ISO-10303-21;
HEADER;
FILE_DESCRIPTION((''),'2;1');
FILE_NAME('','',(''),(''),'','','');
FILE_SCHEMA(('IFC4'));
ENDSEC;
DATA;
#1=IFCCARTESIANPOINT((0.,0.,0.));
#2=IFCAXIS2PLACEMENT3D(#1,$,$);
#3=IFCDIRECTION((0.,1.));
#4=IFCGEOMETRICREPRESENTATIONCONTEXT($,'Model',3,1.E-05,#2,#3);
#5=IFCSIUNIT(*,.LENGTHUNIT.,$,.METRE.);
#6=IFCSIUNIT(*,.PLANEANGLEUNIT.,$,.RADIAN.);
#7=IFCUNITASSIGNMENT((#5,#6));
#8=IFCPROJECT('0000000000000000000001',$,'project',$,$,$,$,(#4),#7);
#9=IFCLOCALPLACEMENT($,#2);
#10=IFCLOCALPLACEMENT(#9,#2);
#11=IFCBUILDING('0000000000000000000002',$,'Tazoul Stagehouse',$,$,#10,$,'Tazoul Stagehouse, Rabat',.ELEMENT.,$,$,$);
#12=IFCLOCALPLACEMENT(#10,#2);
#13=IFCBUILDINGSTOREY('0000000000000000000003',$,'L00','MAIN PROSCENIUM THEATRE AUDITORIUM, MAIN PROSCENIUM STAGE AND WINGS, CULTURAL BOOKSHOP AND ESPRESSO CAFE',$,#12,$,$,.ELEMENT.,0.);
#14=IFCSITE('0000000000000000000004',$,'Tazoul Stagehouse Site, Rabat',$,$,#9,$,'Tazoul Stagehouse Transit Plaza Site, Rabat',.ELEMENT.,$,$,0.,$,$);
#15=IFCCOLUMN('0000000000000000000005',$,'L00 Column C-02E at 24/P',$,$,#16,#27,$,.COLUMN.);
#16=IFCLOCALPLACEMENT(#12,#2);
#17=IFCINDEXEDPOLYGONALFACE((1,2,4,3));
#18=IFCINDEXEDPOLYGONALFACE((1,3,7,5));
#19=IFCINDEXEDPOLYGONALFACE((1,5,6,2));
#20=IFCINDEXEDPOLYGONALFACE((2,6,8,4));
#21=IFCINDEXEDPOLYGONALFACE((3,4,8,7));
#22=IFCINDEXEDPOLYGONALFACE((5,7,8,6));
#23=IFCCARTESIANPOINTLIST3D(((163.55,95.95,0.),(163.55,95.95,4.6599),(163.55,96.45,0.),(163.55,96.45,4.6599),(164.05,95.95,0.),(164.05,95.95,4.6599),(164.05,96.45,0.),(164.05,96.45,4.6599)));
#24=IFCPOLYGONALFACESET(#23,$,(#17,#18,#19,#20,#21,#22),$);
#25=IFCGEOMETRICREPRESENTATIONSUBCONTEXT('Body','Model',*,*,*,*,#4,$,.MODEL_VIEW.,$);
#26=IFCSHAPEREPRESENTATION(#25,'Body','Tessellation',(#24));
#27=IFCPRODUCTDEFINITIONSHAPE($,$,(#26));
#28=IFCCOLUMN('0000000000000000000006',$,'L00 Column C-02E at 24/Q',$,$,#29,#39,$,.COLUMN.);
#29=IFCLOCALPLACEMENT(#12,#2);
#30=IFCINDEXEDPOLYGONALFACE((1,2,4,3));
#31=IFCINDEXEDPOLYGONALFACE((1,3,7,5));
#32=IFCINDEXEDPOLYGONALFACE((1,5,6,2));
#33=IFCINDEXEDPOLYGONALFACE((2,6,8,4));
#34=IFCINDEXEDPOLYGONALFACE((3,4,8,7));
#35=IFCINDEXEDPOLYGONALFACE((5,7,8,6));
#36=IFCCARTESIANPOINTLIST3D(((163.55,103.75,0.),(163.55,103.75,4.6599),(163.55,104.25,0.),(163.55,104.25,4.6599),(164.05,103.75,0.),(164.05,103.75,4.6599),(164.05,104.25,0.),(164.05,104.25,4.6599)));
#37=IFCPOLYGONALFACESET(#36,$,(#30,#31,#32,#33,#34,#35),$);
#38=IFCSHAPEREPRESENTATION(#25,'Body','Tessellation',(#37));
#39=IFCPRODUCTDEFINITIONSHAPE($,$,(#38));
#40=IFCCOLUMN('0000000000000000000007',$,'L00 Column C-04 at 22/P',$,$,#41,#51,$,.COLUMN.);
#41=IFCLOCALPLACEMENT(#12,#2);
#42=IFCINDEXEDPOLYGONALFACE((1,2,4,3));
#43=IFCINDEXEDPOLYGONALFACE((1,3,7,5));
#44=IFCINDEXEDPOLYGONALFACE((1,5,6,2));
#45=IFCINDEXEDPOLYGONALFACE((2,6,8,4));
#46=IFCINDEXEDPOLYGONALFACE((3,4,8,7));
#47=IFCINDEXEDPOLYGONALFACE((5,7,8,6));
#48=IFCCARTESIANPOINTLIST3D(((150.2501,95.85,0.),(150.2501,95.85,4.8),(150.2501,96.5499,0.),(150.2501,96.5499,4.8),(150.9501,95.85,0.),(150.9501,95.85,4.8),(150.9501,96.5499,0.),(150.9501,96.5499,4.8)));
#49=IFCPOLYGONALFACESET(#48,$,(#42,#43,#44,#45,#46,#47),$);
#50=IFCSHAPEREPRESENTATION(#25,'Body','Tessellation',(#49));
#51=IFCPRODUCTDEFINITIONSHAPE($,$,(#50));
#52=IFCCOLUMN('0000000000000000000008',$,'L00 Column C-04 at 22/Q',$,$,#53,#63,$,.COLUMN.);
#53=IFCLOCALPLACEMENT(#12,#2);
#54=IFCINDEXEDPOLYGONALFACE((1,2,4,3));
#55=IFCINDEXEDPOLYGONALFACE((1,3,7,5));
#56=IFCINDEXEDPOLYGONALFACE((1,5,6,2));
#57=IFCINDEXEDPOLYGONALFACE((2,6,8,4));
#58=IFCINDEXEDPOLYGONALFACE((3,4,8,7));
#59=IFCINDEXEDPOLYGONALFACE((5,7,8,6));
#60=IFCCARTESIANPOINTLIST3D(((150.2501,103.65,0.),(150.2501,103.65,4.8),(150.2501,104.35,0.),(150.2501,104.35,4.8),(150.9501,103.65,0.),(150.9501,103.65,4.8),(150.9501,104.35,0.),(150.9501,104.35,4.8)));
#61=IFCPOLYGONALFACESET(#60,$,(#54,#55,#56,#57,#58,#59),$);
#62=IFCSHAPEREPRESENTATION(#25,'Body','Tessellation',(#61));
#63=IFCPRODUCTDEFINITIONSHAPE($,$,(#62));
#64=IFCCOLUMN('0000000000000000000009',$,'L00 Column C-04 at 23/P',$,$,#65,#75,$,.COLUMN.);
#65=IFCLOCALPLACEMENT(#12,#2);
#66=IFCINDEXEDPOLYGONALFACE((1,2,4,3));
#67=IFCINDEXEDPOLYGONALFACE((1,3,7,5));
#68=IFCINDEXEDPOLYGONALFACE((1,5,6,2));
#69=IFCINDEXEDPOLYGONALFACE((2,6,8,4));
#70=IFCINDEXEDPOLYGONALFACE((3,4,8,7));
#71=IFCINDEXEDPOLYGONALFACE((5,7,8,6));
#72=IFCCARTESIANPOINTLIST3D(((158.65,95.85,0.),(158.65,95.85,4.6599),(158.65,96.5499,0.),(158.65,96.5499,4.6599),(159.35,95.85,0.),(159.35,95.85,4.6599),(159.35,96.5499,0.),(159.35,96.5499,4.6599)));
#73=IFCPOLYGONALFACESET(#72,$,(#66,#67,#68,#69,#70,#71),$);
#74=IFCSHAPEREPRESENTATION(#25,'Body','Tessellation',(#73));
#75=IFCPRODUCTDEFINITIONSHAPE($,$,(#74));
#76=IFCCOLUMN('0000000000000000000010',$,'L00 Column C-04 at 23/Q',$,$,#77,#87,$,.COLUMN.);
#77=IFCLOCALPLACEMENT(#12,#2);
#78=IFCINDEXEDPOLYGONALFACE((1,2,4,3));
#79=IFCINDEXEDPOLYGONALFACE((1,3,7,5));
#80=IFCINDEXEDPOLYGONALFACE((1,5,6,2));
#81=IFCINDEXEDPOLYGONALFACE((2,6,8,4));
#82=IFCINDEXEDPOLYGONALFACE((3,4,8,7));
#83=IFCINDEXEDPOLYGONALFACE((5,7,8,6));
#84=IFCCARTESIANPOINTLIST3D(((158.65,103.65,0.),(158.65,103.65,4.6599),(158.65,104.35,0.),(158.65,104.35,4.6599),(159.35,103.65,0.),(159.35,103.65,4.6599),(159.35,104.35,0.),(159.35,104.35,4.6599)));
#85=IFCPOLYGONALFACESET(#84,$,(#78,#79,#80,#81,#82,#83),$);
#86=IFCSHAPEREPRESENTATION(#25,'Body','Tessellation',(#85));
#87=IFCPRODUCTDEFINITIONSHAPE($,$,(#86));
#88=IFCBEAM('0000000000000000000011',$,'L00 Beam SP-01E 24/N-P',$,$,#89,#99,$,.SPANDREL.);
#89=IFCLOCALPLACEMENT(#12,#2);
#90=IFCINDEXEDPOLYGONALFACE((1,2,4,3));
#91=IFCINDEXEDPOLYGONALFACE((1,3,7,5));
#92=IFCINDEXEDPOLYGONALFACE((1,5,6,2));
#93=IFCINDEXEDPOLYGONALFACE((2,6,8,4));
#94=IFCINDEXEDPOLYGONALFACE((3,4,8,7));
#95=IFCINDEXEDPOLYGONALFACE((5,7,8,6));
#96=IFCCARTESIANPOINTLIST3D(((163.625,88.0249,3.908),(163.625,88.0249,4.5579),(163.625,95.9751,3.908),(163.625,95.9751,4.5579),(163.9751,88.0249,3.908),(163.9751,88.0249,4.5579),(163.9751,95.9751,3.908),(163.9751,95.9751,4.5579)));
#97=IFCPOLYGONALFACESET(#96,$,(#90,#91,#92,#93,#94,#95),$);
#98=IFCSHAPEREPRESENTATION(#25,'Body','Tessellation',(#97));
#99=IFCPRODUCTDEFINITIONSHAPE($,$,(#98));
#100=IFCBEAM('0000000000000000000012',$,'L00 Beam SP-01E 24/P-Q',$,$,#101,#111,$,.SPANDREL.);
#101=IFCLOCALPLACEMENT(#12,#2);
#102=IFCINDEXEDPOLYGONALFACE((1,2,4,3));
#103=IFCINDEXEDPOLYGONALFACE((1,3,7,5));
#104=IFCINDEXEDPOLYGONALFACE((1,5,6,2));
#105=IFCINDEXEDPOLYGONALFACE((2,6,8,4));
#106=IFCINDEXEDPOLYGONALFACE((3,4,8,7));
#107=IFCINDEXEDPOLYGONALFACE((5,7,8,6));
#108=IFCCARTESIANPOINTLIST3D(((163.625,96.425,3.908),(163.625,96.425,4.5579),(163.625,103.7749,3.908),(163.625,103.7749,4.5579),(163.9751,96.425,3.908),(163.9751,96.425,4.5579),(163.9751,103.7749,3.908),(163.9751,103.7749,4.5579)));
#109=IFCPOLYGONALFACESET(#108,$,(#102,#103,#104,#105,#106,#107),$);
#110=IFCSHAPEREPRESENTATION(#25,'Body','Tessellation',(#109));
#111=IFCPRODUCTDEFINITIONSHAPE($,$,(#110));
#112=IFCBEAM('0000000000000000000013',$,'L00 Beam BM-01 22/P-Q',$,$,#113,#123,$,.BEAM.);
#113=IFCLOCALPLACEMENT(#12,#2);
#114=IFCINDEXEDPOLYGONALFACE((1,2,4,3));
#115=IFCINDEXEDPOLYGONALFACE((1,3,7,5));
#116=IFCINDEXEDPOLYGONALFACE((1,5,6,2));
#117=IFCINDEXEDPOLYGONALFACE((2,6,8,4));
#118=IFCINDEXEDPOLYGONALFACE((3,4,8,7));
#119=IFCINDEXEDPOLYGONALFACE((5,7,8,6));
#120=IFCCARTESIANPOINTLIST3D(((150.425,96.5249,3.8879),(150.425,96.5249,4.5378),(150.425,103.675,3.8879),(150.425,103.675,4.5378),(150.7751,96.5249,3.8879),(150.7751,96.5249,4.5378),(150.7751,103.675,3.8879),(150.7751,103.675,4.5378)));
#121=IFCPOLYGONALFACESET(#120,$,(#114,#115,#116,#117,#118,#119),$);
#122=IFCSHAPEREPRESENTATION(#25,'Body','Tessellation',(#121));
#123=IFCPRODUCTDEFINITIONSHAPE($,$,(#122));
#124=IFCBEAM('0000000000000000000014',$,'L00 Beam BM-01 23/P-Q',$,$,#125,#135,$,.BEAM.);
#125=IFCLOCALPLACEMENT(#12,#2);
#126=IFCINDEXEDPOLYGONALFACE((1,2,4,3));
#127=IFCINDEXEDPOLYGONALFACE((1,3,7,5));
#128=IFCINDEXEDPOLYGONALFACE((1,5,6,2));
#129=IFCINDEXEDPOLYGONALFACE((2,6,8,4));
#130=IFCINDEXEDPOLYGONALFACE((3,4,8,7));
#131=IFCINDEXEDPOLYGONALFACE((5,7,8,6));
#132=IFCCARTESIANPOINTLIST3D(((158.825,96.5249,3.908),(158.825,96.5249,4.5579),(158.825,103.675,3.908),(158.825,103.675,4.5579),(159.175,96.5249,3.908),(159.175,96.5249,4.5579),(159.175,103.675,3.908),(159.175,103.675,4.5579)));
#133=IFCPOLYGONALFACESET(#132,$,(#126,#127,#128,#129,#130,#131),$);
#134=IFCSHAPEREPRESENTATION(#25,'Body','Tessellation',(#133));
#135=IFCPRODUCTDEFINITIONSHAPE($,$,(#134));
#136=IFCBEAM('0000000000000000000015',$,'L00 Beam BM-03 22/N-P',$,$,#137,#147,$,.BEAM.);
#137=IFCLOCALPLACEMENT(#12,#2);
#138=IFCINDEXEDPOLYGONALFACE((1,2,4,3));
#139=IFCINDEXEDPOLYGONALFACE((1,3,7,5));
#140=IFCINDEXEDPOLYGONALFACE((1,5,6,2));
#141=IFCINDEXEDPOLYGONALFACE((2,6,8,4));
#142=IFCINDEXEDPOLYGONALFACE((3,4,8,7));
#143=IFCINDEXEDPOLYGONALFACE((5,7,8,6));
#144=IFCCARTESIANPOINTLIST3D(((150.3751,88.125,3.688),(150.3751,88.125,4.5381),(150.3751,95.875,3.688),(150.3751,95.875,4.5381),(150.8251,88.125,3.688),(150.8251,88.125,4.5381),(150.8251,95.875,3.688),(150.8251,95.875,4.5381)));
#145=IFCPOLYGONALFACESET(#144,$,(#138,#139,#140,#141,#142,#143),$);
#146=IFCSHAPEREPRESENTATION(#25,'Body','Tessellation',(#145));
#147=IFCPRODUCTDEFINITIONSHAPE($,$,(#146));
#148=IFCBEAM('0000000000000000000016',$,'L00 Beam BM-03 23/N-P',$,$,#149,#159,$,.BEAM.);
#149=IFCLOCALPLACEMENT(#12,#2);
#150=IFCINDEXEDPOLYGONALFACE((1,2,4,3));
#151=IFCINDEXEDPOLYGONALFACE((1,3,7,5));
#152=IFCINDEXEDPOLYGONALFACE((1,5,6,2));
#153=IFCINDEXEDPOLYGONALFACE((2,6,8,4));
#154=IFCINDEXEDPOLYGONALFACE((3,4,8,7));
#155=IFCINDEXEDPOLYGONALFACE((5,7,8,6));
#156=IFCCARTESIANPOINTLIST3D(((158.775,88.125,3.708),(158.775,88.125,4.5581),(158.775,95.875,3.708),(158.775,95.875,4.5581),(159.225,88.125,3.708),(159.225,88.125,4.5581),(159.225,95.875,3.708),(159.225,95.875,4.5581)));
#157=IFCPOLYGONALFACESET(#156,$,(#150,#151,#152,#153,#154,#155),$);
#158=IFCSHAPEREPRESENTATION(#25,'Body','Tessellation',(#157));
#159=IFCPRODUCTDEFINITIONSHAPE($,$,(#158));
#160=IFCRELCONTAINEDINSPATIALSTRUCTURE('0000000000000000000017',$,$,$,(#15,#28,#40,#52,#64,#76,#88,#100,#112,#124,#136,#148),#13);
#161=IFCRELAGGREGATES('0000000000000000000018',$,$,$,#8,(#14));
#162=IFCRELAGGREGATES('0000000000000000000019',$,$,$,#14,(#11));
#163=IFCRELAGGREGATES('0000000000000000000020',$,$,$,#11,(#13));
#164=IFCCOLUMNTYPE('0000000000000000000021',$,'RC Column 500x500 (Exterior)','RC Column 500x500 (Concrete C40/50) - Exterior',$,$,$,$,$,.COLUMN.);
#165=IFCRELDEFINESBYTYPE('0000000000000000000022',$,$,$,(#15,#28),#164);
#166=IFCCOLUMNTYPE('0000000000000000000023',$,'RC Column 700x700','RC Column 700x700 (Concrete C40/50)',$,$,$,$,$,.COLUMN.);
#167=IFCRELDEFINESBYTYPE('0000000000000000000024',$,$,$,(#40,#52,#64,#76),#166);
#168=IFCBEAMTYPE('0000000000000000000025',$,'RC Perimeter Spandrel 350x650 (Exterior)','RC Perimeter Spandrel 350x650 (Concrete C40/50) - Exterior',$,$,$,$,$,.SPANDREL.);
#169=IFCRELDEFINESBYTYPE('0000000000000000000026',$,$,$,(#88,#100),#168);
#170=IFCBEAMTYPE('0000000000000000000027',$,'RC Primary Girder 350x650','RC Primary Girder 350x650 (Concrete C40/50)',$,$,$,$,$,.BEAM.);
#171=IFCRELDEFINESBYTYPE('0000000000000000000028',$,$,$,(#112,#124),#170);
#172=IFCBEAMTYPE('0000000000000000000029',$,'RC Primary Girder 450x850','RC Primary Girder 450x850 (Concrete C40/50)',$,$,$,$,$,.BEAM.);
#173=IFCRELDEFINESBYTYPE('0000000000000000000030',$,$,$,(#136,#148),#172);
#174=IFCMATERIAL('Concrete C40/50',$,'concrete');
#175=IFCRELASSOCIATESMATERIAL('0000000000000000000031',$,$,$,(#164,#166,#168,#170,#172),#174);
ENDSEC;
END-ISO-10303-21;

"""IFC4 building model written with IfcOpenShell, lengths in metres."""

from ifc_helpers import new_model, si_unit, direction, frame, origin, origin_2d, place, context, subcontext, project, spatial, rectangle, extrude, material, material_profile, profile_set, type_object, element, save


model = new_model("IFC4")

# Units and contexts
model_context = context("Model", 3, precision=1e-05, world=origin(), true_north=direction((0.0, 1.0)))
body_context = subcontext(model_context, "Body", "Model", "MODEL_VIEW")
ifc_project = project(units=[si_unit("LENGTHUNIT", "METRE"), si_unit("PLANEANGLEUNIT", "RADIAN")], contexts=[model_context])

# Site, building, storey
site_placement = place(None, origin())
site = spatial("IfcSite", under=ifc_project, at=site_placement, Name="Tazoul Stagehouse Site, Rabat", LongName="Tazoul Stagehouse Transit Plaza Site, Rabat", CompositionType="ELEMENT", RefElevation=0.0)
building_placement = place(site_placement, origin())
building = spatial("IfcBuilding", under=site, at=building_placement, Name="Tazoul Stagehouse", LongName="Tazoul Stagehouse, Rabat", CompositionType="ELEMENT")
storey_placement = place(building_placement, origin())
storey = spatial("IfcBuildingStorey", under=building, at=storey_placement, Name="L00", Description="MAIN PROSCENIUM THEATRE AUDITORIUM, MAIN PROSCENIUM STAGE AND WINGS, CULTURAL BOOKSHOP AND ESPRESSO CAFE", CompositionType="ELEMENT", Elevation=0.0)

# Columns
ifc_material_1 = material(Name="Concrete C40/50", Category="concrete")
ifc_material_profile_1 = material_profile(ifc_material_1, rectangle(XDim=0.5, YDim=0.5, at=origin_2d()), Name="RC 500x500")
ifc_profile_set_1 = profile_set([ifc_material_profile_1], Name="Concrete C40/50")
column_type_1 = type_object("IfcColumnType", Name="RC Column 500x500 (Exterior)", Description="RC Column 500x500 (Concrete C40/50) - Exterior", PredefinedType="COLUMN", material=ifc_profile_set_1)
for number, where, z_axis, x_axis, name in (
    (1, (163.8, 96.2, 0.0), (0.0, 0.0, 1.0), (1.0, 0.0, 0.0), "L00 Column C-02E at 24/P"),
    (2, (163.8, 104.0, 0.0), (0.0, 0.0, 1.0), (1.0, 0.0, 0.0), "L00 Column C-02E at 24/Q"),
):
    element("IfcColumn", number, at=place(storey_placement, frame(where, z_axis=z_axis, x_axis=x_axis)), inside=storey, type_object=column_type_1, Name=name, PredefinedType="COLUMN", context=body_context, shape_type="SweptSolid", body=[
        extrude(rectangle(XDim=0.5, YDim=0.5, at=origin_2d()), origin(), (0.0, 0.0, 1.0), 4.6599),
    ])
ifc_material_profile_2 = material_profile(ifc_material_1, rectangle(XDim=0.7, YDim=0.7, at=origin_2d()), Name="RC 700x700")
ifc_profile_set_2 = profile_set([ifc_material_profile_2], Name="Concrete C40/50")
column_type_2 = type_object("IfcColumnType", Name="RC Column 700x700", Description="RC Column 700x700 (Concrete C40/50)", PredefinedType="COLUMN", material=ifc_profile_set_2)
for number, where, z_axis, x_axis, name in (
    (3, (150.6001, 96.2, 0.0), (0.0, 0.0, 1.0), (1.0, 0.0, 0.0), "L00 Column C-04 at 22/P"),
    (4, (150.6001, 104.0, 0.0), (0.0, 0.0, 1.0), (1.0, 0.0, 0.0), "L00 Column C-04 at 22/Q"),
):
    element("IfcColumn", number, at=place(storey_placement, frame(where, z_axis=z_axis, x_axis=x_axis)), inside=storey, type_object=column_type_2, Name=name, PredefinedType="COLUMN", context=body_context, shape_type="SweptSolid", body=[
        extrude(rectangle(XDim=0.7, YDim=0.7, at=origin_2d()), origin(), (0.0, 0.0, 1.0), 4.8),
    ])
for number, where, z_axis, x_axis, name in (
    (5, (159.0, 96.2, 0.0), (0.0, 0.0, 1.0), (1.0, 0.0, 0.0), "L00 Column C-04 at 23/P"),
    (6, (159.0, 104.0, 0.0), (0.0, 0.0, 1.0), (1.0, 0.0, 0.0), "L00 Column C-04 at 23/Q"),
):
    element("IfcColumn", number, at=place(storey_placement, frame(where, z_axis=z_axis, x_axis=x_axis)), inside=storey, type_object=column_type_2, Name=name, PredefinedType="COLUMN", context=body_context, shape_type="SweptSolid", body=[
        extrude(rectangle(XDim=0.7, YDim=0.7, at=origin_2d()), origin(), (0.0, 0.0, 1.0), 4.6599),
    ])

# Beams
ifc_material_profile_3 = material_profile(ifc_material_1, rectangle(XDim=0.3501, YDim=0.6499, at=origin_2d()), Name="RC 350x650")
ifc_profile_set_3 = profile_set([ifc_material_profile_3], Name="Concrete C40/50")
beam_type_1 = type_object("IfcBeamType", Name="RC Perimeter Spandrel 350x650 (Exterior)", Description="RC Perimeter Spandrel 350x650 (Concrete C40/50) - Exterior", PredefinedType="SPANDREL", material=ifc_profile_set_3)
beam_1_placement = place(storey_placement, frame((163.8, 88.0249, 4.2329), z_axis=(0.0, 1.0, 0.0), x_axis=(-1.0, 0.0, 0.0)))
element("IfcBeam", 7, at=beam_1_placement, inside=storey, type_object=beam_type_1, Name="L00 Beam SP-01E 24/N-P", PredefinedType="SPANDREL", context=body_context, shape_type="SweptSolid", body=[
    extrude(rectangle(XDim=0.3501, YDim=0.6499, at=origin_2d()), origin(), (0.0, 0.0, 1.0), 7.9502),
])
beam_2_placement = place(storey_placement, frame((163.8, 96.425, 4.2329), z_axis=(0.0, 1.0, 0.0), x_axis=(-1.0, 0.0, 0.0)))
element("IfcBeam", 8, at=beam_2_placement, inside=storey, type_object=beam_type_1, Name="L00 Beam SP-01E 24/P-Q", PredefinedType="SPANDREL", context=body_context, shape_type="SweptSolid", body=[
    extrude(rectangle(XDim=0.3501, YDim=0.6499, at=origin_2d()), origin(), (0.0, 0.0, 1.0), 7.3499),
])
ifc_material_profile_4 = material_profile(ifc_material_1, rectangle(XDim=0.3501, YDim=0.6499, at=origin_2d()), Name="RC 350x650")
ifc_profile_set_4 = profile_set([ifc_material_profile_4], Name="Concrete C40/50")
beam_type_2 = type_object("IfcBeamType", Name="RC Primary Girder 350x650", Description="RC Primary Girder 350x650 (Concrete C40/50)", PredefinedType="BEAM", material=ifc_profile_set_4)
for number, where, z_axis, x_axis, name in (
    (9, (150.6001, 96.5249, 4.2129), (0.0, 1.0, 0.0), (-1.0, 0.0, 0.0), "L00 Beam BM-01 22/P-Q"),
    (10, (159.0, 96.5249, 4.2329), (0.0, 1.0, 0.0), (-1.0, 0.0, 0.0), "L00 Beam BM-01 23/P-Q"),
):
    element("IfcBeam", number, at=place(storey_placement, frame(where, z_axis=z_axis, x_axis=x_axis)), inside=storey, type_object=beam_type_2, Name=name, PredefinedType="BEAM", context=body_context, shape_type="SweptSolid", body=[
        extrude(rectangle(XDim=0.3501, YDim=0.6499, at=origin_2d()), origin(), (0.0, 0.0, 1.0), 7.1501),
    ])
ifc_material_profile_5 = material_profile(ifc_material_1, rectangle(XDim=0.45, YDim=0.8501, at=origin_2d()), Name="RC 450x850")
ifc_profile_set_5 = profile_set([ifc_material_profile_5], Name="Concrete C40/50")
beam_type_3 = type_object("IfcBeamType", Name="RC Primary Girder 450x850", Description="RC Primary Girder 450x850 (Concrete C40/50)", PredefinedType="BEAM", material=ifc_profile_set_5)
for number, where, z_axis, x_axis, name in (
    (11, (150.6001, 88.125, 4.113), (0.0, 1.0, 0.0), (-1.0, 0.0, 0.0), "L00 Beam BM-03 22/N-P"),
    (12, (159.0, 88.125, 4.1331), (0.0, 1.0, 0.0), (-1.0, 0.0, 0.0), "L00 Beam BM-03 23/N-P"),
):
    element("IfcBeam", number, at=place(storey_placement, frame(where, z_axis=z_axis, x_axis=x_axis)), inside=storey, type_object=beam_type_3, Name=name, PredefinedType="BEAM", context=body_context, shape_type="SweptSolid", body=[
        extrude(rectangle(XDim=0.45, YDim=0.8501, at=origin_2d()), origin(), (0.0, 0.0, 1.0), 7.75),
    ])

save(model, "model.ifc")
